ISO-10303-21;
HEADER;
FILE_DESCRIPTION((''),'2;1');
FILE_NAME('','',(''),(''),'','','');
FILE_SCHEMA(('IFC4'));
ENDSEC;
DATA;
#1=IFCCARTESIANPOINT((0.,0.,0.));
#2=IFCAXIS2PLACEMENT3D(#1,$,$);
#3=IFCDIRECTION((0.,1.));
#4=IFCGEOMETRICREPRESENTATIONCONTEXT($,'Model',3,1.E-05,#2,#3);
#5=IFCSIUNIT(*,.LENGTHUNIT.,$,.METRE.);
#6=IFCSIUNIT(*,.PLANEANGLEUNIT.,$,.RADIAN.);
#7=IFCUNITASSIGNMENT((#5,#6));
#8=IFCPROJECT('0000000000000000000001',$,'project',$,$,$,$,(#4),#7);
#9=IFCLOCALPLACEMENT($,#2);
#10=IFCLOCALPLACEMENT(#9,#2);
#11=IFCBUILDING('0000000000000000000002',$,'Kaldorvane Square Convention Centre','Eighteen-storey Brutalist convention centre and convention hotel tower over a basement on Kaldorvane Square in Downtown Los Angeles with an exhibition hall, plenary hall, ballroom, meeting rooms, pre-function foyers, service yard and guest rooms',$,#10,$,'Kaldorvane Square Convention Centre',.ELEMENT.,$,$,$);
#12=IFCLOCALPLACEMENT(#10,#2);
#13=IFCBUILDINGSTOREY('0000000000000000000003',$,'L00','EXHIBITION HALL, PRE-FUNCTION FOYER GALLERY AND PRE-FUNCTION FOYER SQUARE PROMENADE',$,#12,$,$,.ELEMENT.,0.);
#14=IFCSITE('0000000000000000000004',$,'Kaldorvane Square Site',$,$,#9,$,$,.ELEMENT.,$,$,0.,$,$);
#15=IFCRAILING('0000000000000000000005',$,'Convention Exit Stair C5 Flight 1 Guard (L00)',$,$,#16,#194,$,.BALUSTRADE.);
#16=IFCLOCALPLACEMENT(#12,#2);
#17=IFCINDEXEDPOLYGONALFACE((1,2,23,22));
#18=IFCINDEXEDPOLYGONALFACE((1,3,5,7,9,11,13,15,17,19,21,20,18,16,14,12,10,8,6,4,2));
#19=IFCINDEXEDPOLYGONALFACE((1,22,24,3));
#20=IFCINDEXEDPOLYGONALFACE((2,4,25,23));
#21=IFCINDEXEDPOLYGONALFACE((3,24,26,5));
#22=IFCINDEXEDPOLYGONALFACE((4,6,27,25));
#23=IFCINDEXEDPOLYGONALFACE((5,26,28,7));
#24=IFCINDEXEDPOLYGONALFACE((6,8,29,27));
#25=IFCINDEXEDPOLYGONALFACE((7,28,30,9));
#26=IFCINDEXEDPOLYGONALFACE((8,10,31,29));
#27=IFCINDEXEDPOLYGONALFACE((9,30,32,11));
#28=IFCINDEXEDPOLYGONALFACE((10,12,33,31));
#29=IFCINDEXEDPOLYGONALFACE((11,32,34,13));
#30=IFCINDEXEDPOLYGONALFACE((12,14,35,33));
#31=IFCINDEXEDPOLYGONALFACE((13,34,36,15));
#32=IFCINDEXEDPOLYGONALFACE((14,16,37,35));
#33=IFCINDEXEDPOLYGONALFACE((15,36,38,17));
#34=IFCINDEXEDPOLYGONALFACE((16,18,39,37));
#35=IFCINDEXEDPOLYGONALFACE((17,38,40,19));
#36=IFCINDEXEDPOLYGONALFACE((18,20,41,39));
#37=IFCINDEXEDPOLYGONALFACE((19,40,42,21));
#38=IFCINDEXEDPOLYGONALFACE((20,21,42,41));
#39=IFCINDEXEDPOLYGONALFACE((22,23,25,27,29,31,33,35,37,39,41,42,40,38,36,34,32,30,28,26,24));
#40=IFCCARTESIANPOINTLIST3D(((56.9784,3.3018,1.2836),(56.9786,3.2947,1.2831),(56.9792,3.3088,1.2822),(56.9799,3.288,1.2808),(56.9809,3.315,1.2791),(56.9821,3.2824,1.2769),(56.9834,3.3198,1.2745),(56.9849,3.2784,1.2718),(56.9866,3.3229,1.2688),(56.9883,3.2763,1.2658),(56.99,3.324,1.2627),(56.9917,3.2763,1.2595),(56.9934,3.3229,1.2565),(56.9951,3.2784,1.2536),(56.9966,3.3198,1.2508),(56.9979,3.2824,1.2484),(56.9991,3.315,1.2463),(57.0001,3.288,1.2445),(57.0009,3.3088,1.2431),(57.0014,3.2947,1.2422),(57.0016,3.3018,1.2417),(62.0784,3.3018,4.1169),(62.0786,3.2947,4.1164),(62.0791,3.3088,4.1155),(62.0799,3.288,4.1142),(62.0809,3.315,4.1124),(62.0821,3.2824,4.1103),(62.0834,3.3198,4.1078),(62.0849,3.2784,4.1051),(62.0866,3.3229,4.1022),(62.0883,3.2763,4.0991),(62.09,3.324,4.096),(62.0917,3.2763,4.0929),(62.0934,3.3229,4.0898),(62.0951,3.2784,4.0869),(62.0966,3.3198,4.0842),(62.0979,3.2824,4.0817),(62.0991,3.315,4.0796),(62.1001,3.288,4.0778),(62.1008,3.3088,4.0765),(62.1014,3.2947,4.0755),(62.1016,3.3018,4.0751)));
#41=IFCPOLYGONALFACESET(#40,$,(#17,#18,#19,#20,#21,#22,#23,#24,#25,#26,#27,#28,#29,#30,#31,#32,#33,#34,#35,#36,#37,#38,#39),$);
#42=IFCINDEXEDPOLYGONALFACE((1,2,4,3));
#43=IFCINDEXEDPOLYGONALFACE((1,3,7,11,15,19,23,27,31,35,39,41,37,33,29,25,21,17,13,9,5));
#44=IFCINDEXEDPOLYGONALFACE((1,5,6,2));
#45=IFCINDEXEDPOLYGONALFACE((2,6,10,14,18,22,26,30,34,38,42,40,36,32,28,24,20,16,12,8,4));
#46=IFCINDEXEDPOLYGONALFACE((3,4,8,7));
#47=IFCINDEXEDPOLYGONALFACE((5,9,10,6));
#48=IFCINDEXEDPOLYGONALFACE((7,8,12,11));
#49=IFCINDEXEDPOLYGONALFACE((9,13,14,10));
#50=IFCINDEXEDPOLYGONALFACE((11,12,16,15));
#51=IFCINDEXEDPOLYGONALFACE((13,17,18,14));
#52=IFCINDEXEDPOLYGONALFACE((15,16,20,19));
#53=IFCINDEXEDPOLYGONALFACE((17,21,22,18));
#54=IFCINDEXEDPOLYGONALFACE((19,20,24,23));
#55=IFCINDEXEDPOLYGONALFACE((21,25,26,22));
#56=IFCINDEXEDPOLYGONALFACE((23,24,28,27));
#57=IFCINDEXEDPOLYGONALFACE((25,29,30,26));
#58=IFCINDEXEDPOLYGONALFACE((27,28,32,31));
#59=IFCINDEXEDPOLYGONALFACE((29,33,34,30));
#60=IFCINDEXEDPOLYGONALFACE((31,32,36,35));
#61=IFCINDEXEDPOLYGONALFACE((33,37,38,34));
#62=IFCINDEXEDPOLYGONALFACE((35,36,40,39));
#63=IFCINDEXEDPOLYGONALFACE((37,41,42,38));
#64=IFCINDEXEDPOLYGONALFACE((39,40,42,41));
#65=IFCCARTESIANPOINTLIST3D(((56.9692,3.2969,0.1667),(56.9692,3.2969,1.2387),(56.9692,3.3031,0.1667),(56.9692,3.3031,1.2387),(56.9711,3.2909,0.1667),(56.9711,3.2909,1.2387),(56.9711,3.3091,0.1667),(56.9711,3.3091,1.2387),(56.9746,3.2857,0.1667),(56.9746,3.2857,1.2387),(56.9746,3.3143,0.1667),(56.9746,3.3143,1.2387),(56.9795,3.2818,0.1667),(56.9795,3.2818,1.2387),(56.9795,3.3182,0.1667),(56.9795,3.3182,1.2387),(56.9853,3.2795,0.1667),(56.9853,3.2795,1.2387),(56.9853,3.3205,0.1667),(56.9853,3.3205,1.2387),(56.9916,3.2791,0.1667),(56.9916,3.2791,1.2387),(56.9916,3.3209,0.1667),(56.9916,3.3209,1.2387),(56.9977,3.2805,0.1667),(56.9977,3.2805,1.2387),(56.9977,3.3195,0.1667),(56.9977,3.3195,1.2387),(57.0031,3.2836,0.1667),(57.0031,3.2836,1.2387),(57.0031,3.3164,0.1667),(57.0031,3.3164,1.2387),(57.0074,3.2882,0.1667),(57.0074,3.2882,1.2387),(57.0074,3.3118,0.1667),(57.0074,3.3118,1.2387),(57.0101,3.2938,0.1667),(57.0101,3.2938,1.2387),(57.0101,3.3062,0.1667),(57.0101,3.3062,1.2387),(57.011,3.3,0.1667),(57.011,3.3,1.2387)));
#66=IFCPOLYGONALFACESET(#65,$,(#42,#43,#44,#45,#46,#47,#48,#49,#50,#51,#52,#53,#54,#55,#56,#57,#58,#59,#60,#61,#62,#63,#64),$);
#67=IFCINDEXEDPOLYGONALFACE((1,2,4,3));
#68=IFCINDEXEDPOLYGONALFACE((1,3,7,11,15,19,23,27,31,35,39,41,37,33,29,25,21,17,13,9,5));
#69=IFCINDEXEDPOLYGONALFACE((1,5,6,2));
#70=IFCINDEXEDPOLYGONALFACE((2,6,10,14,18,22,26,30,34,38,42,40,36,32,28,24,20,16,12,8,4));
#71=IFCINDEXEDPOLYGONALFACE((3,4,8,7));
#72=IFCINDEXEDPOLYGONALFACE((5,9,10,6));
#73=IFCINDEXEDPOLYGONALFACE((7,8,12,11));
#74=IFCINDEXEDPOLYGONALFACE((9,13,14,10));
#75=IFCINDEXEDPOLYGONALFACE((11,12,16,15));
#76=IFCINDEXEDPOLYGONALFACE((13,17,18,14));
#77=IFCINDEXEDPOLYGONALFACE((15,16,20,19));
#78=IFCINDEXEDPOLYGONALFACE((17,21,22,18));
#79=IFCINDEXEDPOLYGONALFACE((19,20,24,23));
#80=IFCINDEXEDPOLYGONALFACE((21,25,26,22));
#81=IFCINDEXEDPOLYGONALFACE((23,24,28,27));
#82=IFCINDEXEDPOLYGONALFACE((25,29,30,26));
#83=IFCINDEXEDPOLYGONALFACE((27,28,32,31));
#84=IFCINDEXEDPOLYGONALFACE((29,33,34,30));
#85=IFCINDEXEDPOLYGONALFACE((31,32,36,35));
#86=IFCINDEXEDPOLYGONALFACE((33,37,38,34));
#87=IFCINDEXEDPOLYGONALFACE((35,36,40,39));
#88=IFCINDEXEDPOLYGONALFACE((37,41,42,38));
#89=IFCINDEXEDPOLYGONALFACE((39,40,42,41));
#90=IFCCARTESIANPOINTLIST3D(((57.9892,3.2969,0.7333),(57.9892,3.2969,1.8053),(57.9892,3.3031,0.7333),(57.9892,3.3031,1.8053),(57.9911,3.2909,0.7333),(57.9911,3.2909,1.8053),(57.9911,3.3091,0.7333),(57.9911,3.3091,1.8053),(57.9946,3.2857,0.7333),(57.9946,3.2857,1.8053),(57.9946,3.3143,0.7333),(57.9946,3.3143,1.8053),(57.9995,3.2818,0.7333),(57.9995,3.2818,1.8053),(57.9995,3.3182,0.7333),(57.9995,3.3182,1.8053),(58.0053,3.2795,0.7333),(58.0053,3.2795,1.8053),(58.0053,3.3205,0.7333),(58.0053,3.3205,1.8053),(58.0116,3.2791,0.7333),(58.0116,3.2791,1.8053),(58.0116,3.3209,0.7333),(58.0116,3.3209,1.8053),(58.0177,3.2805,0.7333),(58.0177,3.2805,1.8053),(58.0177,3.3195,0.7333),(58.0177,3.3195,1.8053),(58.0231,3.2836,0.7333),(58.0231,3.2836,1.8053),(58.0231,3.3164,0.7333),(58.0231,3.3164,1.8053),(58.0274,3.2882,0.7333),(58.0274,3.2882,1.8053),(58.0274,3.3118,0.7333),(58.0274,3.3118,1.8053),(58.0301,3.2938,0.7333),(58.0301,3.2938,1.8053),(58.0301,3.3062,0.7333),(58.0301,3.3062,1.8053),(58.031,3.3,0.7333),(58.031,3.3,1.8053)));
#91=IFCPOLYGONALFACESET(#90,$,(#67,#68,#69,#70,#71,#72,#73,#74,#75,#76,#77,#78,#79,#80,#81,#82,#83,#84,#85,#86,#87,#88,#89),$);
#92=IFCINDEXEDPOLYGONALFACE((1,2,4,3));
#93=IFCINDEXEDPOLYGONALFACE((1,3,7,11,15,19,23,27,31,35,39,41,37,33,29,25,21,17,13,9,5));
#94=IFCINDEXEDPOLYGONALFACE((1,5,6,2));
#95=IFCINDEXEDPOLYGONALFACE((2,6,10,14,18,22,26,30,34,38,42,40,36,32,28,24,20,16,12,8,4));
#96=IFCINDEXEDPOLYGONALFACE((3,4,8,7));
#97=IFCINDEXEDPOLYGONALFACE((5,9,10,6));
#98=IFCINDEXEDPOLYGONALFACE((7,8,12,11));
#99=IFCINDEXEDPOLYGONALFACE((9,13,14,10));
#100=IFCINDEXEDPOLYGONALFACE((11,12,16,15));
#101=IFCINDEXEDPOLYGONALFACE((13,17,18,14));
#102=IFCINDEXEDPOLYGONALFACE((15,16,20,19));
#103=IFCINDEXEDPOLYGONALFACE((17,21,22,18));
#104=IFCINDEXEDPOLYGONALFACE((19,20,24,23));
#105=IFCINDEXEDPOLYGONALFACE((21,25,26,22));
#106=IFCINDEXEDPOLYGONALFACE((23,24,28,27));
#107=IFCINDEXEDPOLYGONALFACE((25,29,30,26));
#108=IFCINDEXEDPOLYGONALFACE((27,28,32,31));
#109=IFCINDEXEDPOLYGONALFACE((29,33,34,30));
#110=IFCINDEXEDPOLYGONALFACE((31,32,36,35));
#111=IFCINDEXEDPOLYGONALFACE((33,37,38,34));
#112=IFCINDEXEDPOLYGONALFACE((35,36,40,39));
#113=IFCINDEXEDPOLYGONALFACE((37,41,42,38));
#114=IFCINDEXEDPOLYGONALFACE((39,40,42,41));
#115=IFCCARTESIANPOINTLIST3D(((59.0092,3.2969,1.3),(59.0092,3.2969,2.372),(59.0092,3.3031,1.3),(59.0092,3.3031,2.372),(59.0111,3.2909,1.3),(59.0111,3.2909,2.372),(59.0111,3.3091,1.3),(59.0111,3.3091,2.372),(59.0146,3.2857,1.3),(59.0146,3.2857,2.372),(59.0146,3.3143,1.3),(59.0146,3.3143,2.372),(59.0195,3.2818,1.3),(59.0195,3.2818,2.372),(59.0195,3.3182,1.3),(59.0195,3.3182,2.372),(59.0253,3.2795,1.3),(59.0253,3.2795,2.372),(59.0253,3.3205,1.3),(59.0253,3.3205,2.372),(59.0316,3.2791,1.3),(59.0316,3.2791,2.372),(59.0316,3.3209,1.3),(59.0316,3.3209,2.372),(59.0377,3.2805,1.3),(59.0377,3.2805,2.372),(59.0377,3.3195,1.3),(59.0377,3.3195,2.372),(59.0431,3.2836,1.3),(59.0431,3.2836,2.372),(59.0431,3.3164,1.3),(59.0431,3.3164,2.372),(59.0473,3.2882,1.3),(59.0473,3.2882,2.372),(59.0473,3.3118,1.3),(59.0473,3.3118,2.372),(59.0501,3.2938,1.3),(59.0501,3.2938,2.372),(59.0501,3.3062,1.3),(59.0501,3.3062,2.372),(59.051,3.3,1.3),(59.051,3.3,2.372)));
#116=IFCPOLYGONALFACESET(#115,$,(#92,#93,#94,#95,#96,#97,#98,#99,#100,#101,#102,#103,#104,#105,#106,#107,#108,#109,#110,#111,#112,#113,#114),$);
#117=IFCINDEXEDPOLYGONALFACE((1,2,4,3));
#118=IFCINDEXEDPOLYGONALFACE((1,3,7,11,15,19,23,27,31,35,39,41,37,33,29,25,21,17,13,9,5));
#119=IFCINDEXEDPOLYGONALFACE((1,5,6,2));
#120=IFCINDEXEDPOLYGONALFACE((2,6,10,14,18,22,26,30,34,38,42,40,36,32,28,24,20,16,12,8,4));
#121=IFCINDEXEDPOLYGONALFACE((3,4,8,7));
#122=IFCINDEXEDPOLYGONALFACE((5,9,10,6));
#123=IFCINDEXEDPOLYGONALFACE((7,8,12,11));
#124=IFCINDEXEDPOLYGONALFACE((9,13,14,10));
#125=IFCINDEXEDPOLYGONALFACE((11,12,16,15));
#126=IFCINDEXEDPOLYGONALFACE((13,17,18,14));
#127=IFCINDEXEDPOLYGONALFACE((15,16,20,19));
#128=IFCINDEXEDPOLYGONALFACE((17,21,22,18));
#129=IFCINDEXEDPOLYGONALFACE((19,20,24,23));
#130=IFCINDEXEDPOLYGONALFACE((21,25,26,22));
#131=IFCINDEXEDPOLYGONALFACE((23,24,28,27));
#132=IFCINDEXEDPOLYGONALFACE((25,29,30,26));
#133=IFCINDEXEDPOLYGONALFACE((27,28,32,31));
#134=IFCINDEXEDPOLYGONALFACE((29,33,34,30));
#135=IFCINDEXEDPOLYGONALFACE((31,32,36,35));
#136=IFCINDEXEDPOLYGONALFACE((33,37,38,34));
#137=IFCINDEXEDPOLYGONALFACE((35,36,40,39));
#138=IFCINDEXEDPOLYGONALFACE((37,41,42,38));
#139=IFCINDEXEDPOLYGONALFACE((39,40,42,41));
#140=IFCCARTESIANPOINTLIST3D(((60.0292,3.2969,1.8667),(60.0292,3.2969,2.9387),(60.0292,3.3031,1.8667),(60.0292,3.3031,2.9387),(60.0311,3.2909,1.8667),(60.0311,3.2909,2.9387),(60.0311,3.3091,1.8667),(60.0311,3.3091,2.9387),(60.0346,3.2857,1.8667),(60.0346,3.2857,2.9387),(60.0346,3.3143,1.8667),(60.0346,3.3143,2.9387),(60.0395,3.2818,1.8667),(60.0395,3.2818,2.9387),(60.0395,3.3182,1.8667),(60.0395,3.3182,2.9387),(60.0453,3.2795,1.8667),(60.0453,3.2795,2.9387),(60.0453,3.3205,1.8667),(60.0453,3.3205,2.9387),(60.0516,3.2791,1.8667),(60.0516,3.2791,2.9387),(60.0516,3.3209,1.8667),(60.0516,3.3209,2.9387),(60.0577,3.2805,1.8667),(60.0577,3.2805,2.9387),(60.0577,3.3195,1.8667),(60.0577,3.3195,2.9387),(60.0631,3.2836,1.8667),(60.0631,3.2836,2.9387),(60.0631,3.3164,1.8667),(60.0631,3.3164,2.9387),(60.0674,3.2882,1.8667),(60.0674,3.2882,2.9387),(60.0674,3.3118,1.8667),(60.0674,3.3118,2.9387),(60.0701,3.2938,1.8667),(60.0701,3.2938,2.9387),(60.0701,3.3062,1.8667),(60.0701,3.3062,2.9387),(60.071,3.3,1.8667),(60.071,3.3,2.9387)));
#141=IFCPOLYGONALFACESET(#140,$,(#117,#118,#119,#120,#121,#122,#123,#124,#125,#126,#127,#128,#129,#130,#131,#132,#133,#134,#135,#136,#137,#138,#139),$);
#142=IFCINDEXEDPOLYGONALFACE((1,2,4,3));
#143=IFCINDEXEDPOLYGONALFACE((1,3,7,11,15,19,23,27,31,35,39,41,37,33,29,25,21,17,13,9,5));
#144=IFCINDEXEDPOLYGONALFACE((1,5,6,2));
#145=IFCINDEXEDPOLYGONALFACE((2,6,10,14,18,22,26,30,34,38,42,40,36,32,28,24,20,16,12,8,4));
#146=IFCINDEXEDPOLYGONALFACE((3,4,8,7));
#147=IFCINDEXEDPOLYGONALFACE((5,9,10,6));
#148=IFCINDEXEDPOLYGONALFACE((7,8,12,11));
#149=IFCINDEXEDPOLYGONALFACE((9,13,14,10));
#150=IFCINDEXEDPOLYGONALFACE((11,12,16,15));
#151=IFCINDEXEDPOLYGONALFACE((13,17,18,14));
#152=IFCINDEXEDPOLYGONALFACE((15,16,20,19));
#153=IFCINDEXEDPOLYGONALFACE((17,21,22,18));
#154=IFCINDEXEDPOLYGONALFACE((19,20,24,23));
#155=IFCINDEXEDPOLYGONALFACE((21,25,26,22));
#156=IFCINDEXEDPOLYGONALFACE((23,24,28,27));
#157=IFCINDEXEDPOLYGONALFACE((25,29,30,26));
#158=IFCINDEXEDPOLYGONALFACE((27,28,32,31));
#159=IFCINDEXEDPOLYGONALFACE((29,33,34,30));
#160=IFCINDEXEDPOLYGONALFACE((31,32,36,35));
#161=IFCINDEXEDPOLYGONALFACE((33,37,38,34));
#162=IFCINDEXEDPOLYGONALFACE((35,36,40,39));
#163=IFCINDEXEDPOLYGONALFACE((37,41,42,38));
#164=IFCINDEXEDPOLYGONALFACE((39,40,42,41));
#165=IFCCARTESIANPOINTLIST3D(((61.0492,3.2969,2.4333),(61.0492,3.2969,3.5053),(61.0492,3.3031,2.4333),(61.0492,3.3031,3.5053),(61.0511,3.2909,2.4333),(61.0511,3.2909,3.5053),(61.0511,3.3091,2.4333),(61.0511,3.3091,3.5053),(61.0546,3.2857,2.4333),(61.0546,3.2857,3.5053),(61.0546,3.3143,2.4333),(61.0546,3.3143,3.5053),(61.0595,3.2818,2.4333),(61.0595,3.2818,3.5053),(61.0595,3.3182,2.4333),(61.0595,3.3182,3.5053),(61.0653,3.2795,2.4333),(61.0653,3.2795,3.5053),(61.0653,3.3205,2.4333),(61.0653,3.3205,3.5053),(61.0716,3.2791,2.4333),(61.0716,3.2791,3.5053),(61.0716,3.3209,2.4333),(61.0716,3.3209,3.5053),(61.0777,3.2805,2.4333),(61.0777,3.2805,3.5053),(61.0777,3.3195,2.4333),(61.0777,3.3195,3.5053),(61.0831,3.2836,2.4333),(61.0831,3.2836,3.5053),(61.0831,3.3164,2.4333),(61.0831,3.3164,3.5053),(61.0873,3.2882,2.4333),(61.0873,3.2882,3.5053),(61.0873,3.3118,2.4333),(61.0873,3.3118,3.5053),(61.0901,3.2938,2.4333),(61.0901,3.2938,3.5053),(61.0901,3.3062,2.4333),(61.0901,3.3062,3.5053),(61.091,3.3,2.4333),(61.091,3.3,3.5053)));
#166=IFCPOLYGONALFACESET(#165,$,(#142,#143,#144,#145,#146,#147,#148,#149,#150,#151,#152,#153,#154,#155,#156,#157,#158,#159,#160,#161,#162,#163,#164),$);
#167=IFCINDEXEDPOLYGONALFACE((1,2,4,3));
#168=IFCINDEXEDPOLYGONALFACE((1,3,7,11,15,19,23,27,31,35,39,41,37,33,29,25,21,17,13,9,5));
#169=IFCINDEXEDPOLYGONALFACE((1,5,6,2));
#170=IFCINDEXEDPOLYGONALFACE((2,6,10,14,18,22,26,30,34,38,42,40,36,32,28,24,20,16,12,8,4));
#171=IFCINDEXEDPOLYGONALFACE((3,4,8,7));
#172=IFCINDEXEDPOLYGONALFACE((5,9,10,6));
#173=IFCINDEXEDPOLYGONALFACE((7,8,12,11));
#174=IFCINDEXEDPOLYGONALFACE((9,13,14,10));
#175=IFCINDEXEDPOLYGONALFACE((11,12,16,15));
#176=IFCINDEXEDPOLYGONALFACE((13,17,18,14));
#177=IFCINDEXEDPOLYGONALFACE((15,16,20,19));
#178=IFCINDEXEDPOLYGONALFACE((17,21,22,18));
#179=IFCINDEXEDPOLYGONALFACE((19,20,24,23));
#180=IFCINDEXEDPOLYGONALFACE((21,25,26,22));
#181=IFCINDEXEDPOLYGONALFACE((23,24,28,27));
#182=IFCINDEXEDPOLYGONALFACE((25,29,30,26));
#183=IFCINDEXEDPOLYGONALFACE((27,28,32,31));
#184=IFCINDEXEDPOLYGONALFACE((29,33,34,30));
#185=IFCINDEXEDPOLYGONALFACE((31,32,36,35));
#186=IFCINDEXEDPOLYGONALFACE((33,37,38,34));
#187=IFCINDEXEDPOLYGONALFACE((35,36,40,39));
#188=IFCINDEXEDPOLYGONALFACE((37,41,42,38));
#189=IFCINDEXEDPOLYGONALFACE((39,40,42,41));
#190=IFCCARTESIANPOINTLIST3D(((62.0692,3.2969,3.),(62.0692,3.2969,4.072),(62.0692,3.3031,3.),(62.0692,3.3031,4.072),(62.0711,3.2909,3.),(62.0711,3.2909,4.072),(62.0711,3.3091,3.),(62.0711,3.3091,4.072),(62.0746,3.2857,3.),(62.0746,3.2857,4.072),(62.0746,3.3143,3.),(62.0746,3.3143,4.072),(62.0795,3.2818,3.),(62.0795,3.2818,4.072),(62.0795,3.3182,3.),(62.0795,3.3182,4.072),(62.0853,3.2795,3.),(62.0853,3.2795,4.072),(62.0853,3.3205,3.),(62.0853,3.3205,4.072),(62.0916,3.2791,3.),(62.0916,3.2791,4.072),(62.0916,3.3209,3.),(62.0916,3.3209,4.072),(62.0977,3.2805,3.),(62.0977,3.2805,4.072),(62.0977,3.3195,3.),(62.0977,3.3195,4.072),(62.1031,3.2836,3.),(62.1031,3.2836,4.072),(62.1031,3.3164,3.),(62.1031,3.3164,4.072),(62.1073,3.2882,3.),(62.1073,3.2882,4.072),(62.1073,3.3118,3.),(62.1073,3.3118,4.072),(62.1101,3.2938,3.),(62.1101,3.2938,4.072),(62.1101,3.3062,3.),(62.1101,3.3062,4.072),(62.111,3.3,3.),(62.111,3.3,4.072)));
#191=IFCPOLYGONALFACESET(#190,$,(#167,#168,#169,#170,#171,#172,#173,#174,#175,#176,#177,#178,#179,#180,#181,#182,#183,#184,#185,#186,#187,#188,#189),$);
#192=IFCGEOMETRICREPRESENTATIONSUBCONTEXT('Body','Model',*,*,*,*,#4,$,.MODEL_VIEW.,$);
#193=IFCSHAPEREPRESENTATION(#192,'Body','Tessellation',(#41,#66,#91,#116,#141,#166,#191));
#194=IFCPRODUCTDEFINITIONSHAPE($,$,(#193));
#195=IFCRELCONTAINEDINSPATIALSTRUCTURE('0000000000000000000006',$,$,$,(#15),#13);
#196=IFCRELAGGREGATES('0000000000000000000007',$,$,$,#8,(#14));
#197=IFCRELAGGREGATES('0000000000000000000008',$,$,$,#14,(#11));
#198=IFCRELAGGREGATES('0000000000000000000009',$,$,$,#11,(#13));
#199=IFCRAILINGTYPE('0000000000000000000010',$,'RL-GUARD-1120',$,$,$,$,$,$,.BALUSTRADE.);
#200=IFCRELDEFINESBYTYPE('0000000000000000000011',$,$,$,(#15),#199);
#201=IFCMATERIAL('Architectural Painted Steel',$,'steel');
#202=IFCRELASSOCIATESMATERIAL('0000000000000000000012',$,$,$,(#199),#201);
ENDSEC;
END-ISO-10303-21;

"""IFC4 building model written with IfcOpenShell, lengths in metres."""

from ifc_helpers import new_model, si_unit, direction, frame, origin, origin_2d, place, context, subcontext, project, spatial, circle, extrude, material, type_object, element, save


model = new_model("IFC4")

# Units and contexts
model_context = context("Model", 3, precision=1e-05, world=origin(), true_north=direction((0.0, 1.0)))
body_context = subcontext(model_context, "Body", "Model", "MODEL_VIEW")
ifc_project = project(units=[si_unit("LENGTHUNIT", "METRE"), si_unit("PLANEANGLEUNIT", "RADIAN")], contexts=[model_context])

# Site, building, storey
site_placement = place(None, origin())
site = spatial("IfcSite", under=ifc_project, at=site_placement, Name="Kaldorvane Square Site", CompositionType="ELEMENT", RefElevation=0.0)
building_placement = place(site_placement, origin())
building = spatial("IfcBuilding", under=site, at=building_placement, Name="Kaldorvane Square Convention Centre", Description="Eighteen-storey Brutalist convention centre and convention hotel tower over a basement on Kaldorvane Square in Downtown Los Angeles with an exhibition hall, plenary hall, ballroom, meeting rooms, pre-function foyers, service yard and guest rooms", LongName="Kaldorvane Square Convention Centre", CompositionType="ELEMENT")
storey_placement = place(building_placement, origin())
storey = spatial("IfcBuildingStorey", under=building, at=storey_placement, Name="L00", Description="EXHIBITION HALL, PRE-FUNCTION FOYER GALLERY AND PRE-FUNCTION FOYER SQUARE PROMENADE", CompositionType="ELEMENT", Elevation=0.0)

# Railing
ifc_material_1 = material(Name="Architectural Painted Steel", Category="steel")
railing_type_1 = type_object("IfcRailingType", Name="RL-GUARD-1120", PredefinedType="BALUSTRADE", material=ifc_material_1)
railing_1_placement = place(storey_placement, frame((56.99, 3.3, 0.1667)))
element("IfcRailing", 1, at=railing_1_placement, inside=storey, type_object=railing_type_1, Name="Convention Exit Stair C5 Flight 1 Guard (L00)", PredefinedType="BALUSTRADE", context=body_context, shape_type="SweptSolid", body=[
    extrude(circle(Radius=0.024, at=origin_2d()), frame((0.0, 0.0, 1.096), z_axis=(0.874157, 0.0, 0.485643), x_axis=(0.0, 1.0, 0.0)), (0.0, 0.0, 1.0), 5.8342),
    extrude(circle(Radius=0.021, at=origin_2d()), origin(), (0.0, 0.0, 1.0), 1.072),
    extrude(circle(Radius=0.021, at=origin_2d()), frame((1.02, 0.0, 0.5667)), (0.0, 0.0, 1.0), 1.072),
    extrude(circle(Radius=0.021, at=origin_2d()), frame((2.04, 0.0, 1.1333)), (0.0, 0.0, 1.0), 1.072),
    extrude(circle(Radius=0.021, at=origin_2d()), frame((3.06, 0.0, 1.7)), (0.0, 0.0, 1.0), 1.072),
    extrude(circle(Radius=0.021, at=origin_2d()), frame((4.08, 0.0, 2.2667)), (0.0, 0.0, 1.0), 1.072),
    extrude(circle(Radius=0.021, at=origin_2d()), frame((5.1, 0.0, 2.8333)), (0.0, 0.0, 1.0), 1.072),
])

save(model, "model.ifc")
